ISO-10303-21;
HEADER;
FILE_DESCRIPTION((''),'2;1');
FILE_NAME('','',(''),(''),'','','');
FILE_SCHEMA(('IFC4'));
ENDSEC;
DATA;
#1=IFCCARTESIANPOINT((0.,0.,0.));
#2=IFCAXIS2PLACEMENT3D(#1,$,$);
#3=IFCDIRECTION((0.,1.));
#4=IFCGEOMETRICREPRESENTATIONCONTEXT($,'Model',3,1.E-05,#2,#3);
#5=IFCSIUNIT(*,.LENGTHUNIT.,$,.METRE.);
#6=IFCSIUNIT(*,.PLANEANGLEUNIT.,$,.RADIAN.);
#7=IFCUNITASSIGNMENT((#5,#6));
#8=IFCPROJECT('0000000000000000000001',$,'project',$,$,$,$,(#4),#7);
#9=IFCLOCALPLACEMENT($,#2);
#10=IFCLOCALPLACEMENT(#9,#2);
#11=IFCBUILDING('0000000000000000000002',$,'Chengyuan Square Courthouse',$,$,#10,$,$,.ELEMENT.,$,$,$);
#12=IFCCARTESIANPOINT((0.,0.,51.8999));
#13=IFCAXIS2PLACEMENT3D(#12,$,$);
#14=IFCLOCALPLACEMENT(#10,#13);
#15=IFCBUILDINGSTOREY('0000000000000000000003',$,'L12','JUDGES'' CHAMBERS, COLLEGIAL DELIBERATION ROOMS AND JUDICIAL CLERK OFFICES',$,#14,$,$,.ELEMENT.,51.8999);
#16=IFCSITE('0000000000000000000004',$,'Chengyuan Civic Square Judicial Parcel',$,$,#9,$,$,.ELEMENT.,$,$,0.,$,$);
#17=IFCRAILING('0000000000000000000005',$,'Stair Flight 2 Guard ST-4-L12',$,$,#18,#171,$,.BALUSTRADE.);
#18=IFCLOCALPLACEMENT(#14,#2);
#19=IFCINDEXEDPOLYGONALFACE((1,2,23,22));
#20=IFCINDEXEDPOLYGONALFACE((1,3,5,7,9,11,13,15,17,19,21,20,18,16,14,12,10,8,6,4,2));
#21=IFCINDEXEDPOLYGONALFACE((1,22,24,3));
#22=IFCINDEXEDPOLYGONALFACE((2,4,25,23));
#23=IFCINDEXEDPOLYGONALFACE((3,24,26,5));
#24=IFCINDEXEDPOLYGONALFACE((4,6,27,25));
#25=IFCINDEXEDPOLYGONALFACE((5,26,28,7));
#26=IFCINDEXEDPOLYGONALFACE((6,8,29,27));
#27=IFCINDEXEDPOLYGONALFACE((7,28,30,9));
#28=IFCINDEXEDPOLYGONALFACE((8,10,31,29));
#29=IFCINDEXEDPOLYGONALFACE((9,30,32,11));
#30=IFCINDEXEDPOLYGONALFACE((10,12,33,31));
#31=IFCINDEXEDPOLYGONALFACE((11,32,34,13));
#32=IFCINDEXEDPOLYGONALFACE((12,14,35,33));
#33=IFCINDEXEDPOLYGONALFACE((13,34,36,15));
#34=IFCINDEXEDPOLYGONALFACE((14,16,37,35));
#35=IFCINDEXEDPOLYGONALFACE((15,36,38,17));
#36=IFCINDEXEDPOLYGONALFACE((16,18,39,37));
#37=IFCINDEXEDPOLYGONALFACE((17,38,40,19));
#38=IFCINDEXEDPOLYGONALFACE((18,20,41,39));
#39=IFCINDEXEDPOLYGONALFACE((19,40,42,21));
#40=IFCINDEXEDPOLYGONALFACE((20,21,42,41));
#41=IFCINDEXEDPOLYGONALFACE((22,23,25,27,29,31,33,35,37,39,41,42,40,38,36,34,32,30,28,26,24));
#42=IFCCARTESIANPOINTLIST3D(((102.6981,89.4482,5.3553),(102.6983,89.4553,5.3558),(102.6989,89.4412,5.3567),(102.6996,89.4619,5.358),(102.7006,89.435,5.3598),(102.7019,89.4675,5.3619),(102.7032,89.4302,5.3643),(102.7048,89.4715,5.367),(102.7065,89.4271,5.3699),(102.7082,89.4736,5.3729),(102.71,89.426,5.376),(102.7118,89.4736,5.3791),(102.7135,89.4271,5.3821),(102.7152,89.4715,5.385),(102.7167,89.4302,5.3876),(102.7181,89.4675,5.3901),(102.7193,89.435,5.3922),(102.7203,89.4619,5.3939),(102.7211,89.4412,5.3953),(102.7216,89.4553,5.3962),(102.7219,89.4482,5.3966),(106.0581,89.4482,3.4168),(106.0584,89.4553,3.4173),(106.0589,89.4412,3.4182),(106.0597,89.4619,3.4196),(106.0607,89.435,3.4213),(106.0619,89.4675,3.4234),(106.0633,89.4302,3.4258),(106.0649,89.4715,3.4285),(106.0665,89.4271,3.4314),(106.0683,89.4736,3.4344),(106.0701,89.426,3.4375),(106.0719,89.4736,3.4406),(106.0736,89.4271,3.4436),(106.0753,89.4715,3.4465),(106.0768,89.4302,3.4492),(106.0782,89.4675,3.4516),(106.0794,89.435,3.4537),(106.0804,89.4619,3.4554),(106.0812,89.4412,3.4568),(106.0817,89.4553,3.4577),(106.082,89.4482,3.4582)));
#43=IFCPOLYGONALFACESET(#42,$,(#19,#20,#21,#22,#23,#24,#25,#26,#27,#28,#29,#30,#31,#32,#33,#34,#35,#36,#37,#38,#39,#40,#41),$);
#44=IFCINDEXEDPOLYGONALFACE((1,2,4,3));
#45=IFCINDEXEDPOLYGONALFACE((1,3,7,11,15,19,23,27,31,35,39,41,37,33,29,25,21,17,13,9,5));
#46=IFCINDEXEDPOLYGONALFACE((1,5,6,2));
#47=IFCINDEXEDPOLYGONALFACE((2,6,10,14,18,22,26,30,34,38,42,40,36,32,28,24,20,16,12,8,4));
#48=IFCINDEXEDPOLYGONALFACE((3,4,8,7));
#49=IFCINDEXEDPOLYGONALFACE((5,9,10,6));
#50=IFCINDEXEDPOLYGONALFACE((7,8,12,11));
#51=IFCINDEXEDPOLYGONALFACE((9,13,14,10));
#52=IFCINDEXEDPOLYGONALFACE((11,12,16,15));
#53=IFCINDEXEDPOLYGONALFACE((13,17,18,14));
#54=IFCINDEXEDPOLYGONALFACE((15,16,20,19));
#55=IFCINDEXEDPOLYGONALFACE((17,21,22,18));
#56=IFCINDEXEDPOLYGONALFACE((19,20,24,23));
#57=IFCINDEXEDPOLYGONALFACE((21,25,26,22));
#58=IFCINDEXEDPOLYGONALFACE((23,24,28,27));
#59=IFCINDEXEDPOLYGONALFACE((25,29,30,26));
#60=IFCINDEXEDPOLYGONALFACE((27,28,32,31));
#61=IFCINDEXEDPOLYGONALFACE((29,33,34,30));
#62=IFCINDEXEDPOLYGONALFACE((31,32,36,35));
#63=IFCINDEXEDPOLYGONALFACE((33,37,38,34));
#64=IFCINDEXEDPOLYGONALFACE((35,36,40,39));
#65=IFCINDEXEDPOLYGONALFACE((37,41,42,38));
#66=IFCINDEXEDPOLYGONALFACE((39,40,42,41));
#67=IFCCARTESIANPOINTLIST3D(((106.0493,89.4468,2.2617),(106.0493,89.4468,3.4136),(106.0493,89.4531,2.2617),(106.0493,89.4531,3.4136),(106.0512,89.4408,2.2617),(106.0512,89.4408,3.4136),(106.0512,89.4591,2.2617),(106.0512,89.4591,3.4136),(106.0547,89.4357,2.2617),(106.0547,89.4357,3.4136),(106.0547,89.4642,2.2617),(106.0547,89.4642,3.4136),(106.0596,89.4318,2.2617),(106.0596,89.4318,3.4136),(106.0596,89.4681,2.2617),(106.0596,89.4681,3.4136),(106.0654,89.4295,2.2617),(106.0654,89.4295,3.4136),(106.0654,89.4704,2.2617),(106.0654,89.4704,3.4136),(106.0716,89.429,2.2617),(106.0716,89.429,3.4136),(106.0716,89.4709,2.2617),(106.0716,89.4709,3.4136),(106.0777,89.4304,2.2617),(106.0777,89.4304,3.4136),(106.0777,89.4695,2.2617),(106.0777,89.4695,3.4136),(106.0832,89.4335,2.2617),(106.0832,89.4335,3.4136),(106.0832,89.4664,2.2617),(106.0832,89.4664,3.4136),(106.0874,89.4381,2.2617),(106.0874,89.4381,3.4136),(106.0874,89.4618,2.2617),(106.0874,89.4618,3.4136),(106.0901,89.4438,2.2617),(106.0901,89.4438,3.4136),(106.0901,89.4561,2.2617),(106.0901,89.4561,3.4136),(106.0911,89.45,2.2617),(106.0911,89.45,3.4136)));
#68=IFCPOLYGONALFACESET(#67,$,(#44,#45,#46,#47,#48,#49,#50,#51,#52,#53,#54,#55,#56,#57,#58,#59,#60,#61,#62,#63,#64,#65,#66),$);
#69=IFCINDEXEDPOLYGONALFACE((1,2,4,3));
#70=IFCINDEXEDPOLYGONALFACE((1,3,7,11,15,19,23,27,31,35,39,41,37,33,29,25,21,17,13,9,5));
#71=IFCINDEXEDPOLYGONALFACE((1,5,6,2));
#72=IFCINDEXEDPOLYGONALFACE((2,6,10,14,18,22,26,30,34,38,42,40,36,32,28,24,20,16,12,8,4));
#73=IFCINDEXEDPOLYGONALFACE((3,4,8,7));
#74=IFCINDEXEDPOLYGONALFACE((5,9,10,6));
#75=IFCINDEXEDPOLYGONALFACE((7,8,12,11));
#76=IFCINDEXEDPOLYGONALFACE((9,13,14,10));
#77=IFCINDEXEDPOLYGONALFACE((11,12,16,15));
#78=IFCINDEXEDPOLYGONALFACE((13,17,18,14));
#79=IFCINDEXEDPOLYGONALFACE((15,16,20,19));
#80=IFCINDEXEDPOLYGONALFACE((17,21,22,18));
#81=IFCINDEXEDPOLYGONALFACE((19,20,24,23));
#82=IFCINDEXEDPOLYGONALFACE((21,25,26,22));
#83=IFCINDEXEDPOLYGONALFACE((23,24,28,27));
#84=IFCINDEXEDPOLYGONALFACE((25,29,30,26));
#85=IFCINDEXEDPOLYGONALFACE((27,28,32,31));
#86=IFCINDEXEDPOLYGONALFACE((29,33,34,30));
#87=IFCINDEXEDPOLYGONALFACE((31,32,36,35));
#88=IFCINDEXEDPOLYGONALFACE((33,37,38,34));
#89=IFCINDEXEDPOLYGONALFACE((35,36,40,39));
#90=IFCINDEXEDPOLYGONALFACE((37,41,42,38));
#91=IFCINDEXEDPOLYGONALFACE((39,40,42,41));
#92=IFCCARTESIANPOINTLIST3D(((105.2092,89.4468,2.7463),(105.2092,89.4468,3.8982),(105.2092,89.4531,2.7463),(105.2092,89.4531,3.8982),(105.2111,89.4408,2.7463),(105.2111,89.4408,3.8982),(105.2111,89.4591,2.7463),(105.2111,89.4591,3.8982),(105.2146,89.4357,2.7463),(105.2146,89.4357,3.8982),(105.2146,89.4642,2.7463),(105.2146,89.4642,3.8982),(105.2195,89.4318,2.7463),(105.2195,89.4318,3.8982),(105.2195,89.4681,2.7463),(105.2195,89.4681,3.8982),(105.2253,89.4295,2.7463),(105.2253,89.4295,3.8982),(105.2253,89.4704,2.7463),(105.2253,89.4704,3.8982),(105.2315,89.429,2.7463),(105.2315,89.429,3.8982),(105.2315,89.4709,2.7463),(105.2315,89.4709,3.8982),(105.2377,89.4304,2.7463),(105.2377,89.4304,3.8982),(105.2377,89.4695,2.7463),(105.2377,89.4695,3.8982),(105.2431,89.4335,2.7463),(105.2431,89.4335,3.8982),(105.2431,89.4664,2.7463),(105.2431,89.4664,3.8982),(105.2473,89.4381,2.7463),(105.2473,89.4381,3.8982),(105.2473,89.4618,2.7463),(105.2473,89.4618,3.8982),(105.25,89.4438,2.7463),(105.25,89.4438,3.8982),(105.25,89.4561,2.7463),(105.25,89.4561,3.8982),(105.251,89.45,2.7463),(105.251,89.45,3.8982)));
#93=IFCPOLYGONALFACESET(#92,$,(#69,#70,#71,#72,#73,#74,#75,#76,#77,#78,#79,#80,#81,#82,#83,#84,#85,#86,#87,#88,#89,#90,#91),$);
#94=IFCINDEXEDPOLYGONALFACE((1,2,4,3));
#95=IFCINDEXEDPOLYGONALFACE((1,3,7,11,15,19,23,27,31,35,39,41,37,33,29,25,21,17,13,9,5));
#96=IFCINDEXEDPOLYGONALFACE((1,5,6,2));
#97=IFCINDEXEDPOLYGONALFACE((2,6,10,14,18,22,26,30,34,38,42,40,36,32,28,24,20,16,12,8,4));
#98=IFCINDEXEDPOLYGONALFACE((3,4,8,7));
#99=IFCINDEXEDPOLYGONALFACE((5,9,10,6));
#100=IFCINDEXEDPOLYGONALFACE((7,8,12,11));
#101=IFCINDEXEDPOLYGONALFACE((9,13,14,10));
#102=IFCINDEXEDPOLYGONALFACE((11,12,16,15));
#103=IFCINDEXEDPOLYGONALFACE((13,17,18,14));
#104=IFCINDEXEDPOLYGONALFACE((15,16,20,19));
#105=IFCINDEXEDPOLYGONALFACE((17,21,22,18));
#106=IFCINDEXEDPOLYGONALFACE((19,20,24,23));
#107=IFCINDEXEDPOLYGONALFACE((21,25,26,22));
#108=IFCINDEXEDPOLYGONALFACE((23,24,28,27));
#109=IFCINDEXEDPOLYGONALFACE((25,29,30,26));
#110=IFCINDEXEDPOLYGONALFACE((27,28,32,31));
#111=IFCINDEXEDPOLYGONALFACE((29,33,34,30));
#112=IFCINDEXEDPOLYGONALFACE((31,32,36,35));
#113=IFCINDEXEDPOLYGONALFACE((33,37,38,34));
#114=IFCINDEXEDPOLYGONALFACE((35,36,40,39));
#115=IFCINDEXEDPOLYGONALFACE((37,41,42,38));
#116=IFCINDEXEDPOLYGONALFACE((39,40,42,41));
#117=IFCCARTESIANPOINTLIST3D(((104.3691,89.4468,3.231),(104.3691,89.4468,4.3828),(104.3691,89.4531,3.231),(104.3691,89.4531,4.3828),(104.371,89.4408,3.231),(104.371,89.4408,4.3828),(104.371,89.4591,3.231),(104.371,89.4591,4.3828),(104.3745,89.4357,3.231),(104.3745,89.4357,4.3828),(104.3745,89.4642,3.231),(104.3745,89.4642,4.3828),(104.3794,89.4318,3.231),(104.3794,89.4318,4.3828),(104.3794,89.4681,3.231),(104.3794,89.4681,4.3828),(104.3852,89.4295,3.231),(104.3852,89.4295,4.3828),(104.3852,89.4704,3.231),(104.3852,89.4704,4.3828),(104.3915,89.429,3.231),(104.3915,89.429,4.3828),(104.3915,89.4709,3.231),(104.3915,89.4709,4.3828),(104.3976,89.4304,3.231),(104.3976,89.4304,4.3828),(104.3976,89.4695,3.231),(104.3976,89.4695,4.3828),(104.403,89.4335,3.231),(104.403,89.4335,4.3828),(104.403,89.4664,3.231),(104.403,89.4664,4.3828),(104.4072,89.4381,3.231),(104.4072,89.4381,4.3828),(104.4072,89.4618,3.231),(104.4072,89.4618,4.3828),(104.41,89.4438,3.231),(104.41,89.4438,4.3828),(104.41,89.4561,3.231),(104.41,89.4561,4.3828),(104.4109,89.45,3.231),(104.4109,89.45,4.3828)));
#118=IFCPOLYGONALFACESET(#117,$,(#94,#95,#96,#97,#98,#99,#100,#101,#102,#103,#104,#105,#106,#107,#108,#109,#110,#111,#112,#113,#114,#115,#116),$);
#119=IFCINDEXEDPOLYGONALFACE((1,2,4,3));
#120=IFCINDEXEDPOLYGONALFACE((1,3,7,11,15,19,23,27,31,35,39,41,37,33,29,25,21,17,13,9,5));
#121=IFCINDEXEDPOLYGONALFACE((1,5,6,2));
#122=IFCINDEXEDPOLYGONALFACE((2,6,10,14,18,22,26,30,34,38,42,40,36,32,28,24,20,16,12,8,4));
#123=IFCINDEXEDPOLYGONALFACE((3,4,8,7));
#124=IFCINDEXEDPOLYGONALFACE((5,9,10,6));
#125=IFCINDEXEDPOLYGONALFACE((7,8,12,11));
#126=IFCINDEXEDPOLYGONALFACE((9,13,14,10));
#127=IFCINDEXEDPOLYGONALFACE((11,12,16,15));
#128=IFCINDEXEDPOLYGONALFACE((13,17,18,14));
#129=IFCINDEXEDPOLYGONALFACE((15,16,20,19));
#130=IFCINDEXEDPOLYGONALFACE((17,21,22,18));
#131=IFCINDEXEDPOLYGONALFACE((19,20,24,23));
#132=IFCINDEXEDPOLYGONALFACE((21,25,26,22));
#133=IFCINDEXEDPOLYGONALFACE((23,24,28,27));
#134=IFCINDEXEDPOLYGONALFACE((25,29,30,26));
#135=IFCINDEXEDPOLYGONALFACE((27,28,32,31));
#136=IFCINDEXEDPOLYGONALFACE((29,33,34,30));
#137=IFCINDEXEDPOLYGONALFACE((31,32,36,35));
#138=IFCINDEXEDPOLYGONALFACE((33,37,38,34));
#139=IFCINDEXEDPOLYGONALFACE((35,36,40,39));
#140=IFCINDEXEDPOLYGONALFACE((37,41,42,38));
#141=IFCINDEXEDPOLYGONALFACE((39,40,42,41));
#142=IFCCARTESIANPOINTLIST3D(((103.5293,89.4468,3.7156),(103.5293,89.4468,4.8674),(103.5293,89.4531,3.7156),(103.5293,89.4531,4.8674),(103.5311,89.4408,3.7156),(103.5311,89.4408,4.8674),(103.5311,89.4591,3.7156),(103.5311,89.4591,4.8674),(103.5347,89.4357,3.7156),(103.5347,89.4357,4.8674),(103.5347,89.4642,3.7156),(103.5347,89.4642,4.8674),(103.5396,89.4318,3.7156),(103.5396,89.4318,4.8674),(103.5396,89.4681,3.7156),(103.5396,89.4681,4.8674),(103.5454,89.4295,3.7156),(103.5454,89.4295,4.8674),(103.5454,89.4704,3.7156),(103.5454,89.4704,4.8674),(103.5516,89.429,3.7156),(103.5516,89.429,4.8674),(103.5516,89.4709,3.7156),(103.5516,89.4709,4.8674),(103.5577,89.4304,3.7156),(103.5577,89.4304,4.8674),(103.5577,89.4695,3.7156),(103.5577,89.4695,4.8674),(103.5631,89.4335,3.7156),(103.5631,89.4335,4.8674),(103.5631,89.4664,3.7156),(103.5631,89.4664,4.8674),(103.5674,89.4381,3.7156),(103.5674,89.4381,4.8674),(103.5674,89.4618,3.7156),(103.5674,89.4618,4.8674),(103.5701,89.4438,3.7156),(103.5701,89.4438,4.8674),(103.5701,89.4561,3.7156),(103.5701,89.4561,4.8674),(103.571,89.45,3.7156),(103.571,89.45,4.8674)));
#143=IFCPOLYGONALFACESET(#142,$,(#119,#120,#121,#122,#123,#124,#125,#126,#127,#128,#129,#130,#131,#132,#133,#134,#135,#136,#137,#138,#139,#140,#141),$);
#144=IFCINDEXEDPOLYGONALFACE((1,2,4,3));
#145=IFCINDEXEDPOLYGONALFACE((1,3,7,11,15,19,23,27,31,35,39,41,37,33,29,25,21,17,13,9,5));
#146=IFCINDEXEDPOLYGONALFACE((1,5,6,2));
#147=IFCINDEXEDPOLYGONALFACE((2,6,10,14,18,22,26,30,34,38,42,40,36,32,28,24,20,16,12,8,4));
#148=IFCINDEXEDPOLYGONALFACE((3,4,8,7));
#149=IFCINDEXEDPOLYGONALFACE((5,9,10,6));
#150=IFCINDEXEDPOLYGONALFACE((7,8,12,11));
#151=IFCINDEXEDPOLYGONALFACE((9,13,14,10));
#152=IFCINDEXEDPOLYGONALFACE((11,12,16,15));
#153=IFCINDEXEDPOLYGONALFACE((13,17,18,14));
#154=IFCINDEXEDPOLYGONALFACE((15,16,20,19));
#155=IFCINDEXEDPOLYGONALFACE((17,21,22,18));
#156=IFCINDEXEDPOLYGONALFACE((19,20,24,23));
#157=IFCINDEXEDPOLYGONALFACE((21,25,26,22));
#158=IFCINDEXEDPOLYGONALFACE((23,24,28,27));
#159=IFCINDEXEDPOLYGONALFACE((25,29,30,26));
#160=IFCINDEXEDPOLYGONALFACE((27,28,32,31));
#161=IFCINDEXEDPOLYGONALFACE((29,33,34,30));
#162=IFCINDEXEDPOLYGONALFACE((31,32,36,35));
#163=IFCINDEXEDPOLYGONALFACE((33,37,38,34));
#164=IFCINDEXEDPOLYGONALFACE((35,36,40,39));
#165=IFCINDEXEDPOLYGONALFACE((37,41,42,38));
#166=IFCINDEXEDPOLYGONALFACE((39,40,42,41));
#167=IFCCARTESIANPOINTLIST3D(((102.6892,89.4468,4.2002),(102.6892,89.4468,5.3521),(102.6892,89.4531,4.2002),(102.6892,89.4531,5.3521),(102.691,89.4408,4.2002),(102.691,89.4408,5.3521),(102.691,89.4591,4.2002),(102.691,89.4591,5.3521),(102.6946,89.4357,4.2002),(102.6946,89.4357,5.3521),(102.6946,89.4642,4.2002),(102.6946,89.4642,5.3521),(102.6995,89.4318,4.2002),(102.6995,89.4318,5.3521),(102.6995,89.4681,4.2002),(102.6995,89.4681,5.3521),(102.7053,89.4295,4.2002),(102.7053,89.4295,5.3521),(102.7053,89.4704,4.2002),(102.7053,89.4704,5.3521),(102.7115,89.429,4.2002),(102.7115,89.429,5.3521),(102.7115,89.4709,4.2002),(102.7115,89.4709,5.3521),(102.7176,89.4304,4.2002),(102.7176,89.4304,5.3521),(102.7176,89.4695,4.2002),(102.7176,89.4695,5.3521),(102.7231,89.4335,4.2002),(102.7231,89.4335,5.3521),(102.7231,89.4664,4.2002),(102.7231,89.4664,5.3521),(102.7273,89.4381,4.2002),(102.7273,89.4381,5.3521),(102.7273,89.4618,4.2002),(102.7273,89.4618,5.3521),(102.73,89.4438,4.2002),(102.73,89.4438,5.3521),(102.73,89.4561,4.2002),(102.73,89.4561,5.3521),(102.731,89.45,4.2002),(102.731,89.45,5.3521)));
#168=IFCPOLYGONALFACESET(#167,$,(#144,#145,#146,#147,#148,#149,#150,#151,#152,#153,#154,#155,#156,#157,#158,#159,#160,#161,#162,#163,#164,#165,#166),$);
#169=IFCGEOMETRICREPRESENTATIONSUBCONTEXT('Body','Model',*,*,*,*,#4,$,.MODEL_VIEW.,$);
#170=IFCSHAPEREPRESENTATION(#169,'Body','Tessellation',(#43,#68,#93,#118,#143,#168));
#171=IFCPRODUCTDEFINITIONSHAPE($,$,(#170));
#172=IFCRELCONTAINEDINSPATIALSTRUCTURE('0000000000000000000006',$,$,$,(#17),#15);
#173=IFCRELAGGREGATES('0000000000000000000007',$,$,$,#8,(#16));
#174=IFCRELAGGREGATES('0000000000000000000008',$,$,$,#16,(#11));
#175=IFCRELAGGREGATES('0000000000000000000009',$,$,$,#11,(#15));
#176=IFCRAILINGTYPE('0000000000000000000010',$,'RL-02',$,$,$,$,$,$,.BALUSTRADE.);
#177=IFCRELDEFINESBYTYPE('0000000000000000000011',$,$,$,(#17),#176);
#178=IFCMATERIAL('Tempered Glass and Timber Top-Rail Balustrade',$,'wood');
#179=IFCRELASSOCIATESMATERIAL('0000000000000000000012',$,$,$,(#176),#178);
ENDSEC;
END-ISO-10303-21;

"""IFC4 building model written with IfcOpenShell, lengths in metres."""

from ifc_helpers import new_model, si_unit, direction, frame, origin, origin_2d, place, context, subcontext, project, spatial, circle, extrude, material, type_object, element, save


model = new_model("IFC4")

# Units and contexts
model_context = context("Model", 3, precision=1e-05, world=origin(), true_north=direction((0.0, 1.0)))
body_context = subcontext(model_context, "Body", "Model", "MODEL_VIEW")
ifc_project = project(units=[si_unit("LENGTHUNIT", "METRE"), si_unit("PLANEANGLEUNIT", "RADIAN")], contexts=[model_context])

# Site, building, storey
site_placement = place(None, origin())
site = spatial("IfcSite", under=ifc_project, at=site_placement, Name="Chengyuan Civic Square Judicial Parcel", CompositionType="ELEMENT", RefElevation=0.0)
building_placement = place(site_placement, origin())
building = spatial("IfcBuilding", under=site, at=building_placement, Name="Chengyuan Square Courthouse", CompositionType="ELEMENT")
storey_placement = place(building_placement, frame((0.0, 0.0, 51.8999)))
storey = spatial("IfcBuildingStorey", under=building, at=storey_placement, Name="L12", Description="JUDGES' CHAMBERS, COLLEGIAL DELIBERATION ROOMS AND JUDICIAL CLERK OFFICES", CompositionType="ELEMENT", Elevation=51.8999)

# Railing
ifc_material_1 = material(Name="Tempered Glass and Timber Top-Rail Balustrade", Category="wood")
railing_type_1 = type_object("IfcRailingType", Name="RL-02", PredefinedType="BALUSTRADE", material=ifc_material_1)
railing_1_placement = place(storey_placement, frame((106.0701, 89.45, 2.2617)))
element("IfcRailing", 1, at=railing_1_placement, inside=storey, type_object=railing_type_1, Name="Stair Flight 2 Guard ST-4-L12", PredefinedType="BALUSTRADE", context=body_context, shape_type="SweptSolid", body=[
    extrude(circle(Radius=0.0239, at=origin_2d()), frame((0.0, 0.0, 1.1758), z_axis=(-0.866191, 0.0, 0.499713), x_axis=(0.0, -1.0, 0.0)), (0.0, 0.0, 1.0), 3.8792),
    extrude(circle(Radius=0.021, at=origin_2d()), origin(), (0.0, 0.0, 1.0), 1.1519),
    extrude(circle(Radius=0.021, at=origin_2d()), frame((-0.8401, 0.0, 0.4846)), (0.0, 0.0, 1.0), 1.1519),
    extrude(circle(Radius=0.021, at=origin_2d()), frame((-1.6802, 0.0, 0.9692)), (0.0, 0.0, 1.0), 1.1519),
    extrude(circle(Radius=0.021, at=origin_2d()), frame((-2.52, 0.0, 1.4539)), (0.0, 0.0, 1.0), 1.1519),
    extrude(circle(Radius=0.021, at=origin_2d()), frame((-3.3601, 0.0, 1.9385)), (0.0, 0.0, 1.0), 1.1519),
])

save(model, "model.ifc")
